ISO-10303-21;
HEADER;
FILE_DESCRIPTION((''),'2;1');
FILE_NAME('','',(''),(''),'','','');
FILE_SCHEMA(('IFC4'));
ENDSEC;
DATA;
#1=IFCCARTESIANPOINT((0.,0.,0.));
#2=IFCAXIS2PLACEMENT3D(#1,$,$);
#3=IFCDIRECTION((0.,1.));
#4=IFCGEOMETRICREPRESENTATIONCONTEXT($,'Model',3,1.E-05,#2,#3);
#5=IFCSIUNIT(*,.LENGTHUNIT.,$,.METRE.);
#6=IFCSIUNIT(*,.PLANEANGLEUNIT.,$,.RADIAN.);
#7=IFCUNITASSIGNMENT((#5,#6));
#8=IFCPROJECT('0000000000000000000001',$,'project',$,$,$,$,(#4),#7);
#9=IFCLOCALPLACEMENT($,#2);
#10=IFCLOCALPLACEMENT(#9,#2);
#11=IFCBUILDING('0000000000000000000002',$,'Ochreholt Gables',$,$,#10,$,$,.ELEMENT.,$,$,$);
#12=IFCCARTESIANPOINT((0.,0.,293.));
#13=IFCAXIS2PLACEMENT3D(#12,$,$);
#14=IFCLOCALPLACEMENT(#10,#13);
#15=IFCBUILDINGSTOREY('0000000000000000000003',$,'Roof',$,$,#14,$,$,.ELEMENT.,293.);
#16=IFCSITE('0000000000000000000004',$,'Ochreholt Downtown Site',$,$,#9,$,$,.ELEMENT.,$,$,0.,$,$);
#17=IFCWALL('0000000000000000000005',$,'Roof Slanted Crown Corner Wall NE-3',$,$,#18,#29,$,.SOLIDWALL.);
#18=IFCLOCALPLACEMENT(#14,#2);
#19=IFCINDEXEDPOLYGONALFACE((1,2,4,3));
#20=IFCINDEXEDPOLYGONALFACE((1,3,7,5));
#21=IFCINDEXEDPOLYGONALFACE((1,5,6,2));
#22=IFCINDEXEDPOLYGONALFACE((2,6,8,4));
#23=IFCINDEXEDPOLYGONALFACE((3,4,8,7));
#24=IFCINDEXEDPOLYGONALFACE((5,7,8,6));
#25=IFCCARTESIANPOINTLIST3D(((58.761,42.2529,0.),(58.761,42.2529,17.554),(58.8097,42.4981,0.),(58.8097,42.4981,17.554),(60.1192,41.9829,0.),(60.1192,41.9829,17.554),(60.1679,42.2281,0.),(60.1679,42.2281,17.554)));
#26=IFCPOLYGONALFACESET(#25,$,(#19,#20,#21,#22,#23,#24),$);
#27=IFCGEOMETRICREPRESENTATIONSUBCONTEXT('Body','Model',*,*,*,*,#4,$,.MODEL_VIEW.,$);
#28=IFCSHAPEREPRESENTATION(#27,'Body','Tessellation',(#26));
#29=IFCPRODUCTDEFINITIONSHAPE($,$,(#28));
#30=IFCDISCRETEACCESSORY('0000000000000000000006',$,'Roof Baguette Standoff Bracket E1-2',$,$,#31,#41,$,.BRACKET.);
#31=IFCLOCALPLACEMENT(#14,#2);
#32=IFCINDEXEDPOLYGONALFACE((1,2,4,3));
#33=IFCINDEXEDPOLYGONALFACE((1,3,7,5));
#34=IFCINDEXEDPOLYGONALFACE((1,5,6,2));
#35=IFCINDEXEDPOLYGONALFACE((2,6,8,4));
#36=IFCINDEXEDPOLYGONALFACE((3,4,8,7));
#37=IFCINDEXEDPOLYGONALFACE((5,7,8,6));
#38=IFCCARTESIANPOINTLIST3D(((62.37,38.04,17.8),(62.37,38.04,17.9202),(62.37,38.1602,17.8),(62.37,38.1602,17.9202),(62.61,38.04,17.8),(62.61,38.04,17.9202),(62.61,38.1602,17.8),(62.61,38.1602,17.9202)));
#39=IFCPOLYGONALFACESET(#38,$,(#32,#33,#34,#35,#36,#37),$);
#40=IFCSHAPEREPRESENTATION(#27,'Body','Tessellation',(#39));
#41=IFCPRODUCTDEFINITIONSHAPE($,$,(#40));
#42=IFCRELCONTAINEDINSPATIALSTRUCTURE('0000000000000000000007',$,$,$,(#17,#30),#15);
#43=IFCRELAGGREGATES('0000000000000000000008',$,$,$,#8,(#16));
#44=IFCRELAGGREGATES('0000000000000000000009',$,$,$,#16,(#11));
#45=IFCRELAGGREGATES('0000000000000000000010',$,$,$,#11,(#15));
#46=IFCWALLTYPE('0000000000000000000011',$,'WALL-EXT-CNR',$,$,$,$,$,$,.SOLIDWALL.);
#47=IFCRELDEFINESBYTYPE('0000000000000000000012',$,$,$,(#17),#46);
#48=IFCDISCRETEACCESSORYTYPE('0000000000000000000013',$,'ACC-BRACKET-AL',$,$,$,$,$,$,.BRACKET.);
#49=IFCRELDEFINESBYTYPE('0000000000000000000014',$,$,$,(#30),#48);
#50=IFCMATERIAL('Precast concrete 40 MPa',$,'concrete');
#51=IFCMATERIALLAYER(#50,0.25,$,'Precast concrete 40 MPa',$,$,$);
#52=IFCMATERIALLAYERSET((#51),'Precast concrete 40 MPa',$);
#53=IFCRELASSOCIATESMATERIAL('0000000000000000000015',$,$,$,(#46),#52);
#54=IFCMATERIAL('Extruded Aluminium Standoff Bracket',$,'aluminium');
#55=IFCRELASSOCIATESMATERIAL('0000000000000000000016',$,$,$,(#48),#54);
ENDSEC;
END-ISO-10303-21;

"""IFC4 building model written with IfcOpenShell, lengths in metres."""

from ifc_helpers import new_model, si_unit, direction, frame, frame_2d, origin, origin_2d, place, context, subcontext, project, spatial, rectangle, extrude, material, layer, layer_set, type_object, element, save


model = new_model("IFC4")

# Units and contexts
model_context = context("Model", 3, precision=1e-05, world=origin(), true_north=direction((0.0, 1.0)))
body_context = subcontext(model_context, "Body", "Model", "MODEL_VIEW")
ifc_project = project(units=[si_unit("LENGTHUNIT", "METRE"), si_unit("PLANEANGLEUNIT", "RADIAN")], contexts=[model_context])

# Site, building, storey
site_placement = place(None, origin())
site = spatial("IfcSite", under=ifc_project, at=site_placement, Name="Ochreholt Downtown Site", CompositionType="ELEMENT", RefElevation=0.0)
building_placement = place(site_placement, origin())
building = spatial("IfcBuilding", under=site, at=building_placement, Name="Ochreholt Gables", CompositionType="ELEMENT")
storey_placement = place(building_placement, frame((0.0, 0.0, 293.0)))
storey = spatial("IfcBuildingStorey", under=building, at=storey_placement, Name="Roof", CompositionType="ELEMENT", Elevation=293.0)

# Wall
ifc_material_1 = material(Name="Precast concrete 40 MPa", Category="concrete")
ifc_layer_1 = layer(ifc_material_1, 0.25, Name="Precast concrete 40 MPa")
ifc_layer_set_1 = layer_set([ifc_layer_1], Name="Precast concrete 40 MPa")
wall_type = type_object("IfcWallType", Name="WALL-EXT-CNR", PredefinedType="SOLIDWALL", material=ifc_layer_set_1)
wall_1_placement = place(storey_placement, frame((60.1436, 42.1055, 0.0), z_axis=(0.0, 0.0, 1.0), x_axis=(-0.980804, 0.194997, 0.0)))
element("IfcWall", 1, at=wall_1_placement, inside=storey, type_object=wall_type, Name="Roof Slanted Crown Corner Wall NE-3", PredefinedType="SOLIDWALL", context=body_context, shape_type="SweptSolid", body=[
    extrude(rectangle(XDim=1.3848, YDim=0.25, at=frame_2d((0.6924, 0.0))), origin(), (0.0, 0.0, 1.0), 17.554),
])

# Discrete accessory
ifc_material_2 = material(Name="Extruded Aluminium Standoff Bracket", Category="aluminium")
discrete_accessory_type = type_object("IfcDiscreteAccessoryType", Name="ACC-BRACKET-AL", PredefinedType="BRACKET", material=ifc_material_2)
discrete_accessory_placement = place(storey_placement, frame((62.49, 38.1001, 17.8), z_axis=(0.0, 0.0, 1.0), x_axis=(0.0, 1.0, 0.0)))
element("IfcDiscreteAccessory", 2, at=discrete_accessory_placement, inside=storey, type_object=discrete_accessory_type, Name="Roof Baguette Standoff Bracket E1-2", PredefinedType="BRACKET", context=body_context, shape_type="SweptSolid", body=[
    extrude(rectangle(XDim=0.1201, YDim=0.24, at=origin_2d()), origin(), (0.0, 0.0, 1.0), 0.1201),
])

save(model, "model.ifc")
